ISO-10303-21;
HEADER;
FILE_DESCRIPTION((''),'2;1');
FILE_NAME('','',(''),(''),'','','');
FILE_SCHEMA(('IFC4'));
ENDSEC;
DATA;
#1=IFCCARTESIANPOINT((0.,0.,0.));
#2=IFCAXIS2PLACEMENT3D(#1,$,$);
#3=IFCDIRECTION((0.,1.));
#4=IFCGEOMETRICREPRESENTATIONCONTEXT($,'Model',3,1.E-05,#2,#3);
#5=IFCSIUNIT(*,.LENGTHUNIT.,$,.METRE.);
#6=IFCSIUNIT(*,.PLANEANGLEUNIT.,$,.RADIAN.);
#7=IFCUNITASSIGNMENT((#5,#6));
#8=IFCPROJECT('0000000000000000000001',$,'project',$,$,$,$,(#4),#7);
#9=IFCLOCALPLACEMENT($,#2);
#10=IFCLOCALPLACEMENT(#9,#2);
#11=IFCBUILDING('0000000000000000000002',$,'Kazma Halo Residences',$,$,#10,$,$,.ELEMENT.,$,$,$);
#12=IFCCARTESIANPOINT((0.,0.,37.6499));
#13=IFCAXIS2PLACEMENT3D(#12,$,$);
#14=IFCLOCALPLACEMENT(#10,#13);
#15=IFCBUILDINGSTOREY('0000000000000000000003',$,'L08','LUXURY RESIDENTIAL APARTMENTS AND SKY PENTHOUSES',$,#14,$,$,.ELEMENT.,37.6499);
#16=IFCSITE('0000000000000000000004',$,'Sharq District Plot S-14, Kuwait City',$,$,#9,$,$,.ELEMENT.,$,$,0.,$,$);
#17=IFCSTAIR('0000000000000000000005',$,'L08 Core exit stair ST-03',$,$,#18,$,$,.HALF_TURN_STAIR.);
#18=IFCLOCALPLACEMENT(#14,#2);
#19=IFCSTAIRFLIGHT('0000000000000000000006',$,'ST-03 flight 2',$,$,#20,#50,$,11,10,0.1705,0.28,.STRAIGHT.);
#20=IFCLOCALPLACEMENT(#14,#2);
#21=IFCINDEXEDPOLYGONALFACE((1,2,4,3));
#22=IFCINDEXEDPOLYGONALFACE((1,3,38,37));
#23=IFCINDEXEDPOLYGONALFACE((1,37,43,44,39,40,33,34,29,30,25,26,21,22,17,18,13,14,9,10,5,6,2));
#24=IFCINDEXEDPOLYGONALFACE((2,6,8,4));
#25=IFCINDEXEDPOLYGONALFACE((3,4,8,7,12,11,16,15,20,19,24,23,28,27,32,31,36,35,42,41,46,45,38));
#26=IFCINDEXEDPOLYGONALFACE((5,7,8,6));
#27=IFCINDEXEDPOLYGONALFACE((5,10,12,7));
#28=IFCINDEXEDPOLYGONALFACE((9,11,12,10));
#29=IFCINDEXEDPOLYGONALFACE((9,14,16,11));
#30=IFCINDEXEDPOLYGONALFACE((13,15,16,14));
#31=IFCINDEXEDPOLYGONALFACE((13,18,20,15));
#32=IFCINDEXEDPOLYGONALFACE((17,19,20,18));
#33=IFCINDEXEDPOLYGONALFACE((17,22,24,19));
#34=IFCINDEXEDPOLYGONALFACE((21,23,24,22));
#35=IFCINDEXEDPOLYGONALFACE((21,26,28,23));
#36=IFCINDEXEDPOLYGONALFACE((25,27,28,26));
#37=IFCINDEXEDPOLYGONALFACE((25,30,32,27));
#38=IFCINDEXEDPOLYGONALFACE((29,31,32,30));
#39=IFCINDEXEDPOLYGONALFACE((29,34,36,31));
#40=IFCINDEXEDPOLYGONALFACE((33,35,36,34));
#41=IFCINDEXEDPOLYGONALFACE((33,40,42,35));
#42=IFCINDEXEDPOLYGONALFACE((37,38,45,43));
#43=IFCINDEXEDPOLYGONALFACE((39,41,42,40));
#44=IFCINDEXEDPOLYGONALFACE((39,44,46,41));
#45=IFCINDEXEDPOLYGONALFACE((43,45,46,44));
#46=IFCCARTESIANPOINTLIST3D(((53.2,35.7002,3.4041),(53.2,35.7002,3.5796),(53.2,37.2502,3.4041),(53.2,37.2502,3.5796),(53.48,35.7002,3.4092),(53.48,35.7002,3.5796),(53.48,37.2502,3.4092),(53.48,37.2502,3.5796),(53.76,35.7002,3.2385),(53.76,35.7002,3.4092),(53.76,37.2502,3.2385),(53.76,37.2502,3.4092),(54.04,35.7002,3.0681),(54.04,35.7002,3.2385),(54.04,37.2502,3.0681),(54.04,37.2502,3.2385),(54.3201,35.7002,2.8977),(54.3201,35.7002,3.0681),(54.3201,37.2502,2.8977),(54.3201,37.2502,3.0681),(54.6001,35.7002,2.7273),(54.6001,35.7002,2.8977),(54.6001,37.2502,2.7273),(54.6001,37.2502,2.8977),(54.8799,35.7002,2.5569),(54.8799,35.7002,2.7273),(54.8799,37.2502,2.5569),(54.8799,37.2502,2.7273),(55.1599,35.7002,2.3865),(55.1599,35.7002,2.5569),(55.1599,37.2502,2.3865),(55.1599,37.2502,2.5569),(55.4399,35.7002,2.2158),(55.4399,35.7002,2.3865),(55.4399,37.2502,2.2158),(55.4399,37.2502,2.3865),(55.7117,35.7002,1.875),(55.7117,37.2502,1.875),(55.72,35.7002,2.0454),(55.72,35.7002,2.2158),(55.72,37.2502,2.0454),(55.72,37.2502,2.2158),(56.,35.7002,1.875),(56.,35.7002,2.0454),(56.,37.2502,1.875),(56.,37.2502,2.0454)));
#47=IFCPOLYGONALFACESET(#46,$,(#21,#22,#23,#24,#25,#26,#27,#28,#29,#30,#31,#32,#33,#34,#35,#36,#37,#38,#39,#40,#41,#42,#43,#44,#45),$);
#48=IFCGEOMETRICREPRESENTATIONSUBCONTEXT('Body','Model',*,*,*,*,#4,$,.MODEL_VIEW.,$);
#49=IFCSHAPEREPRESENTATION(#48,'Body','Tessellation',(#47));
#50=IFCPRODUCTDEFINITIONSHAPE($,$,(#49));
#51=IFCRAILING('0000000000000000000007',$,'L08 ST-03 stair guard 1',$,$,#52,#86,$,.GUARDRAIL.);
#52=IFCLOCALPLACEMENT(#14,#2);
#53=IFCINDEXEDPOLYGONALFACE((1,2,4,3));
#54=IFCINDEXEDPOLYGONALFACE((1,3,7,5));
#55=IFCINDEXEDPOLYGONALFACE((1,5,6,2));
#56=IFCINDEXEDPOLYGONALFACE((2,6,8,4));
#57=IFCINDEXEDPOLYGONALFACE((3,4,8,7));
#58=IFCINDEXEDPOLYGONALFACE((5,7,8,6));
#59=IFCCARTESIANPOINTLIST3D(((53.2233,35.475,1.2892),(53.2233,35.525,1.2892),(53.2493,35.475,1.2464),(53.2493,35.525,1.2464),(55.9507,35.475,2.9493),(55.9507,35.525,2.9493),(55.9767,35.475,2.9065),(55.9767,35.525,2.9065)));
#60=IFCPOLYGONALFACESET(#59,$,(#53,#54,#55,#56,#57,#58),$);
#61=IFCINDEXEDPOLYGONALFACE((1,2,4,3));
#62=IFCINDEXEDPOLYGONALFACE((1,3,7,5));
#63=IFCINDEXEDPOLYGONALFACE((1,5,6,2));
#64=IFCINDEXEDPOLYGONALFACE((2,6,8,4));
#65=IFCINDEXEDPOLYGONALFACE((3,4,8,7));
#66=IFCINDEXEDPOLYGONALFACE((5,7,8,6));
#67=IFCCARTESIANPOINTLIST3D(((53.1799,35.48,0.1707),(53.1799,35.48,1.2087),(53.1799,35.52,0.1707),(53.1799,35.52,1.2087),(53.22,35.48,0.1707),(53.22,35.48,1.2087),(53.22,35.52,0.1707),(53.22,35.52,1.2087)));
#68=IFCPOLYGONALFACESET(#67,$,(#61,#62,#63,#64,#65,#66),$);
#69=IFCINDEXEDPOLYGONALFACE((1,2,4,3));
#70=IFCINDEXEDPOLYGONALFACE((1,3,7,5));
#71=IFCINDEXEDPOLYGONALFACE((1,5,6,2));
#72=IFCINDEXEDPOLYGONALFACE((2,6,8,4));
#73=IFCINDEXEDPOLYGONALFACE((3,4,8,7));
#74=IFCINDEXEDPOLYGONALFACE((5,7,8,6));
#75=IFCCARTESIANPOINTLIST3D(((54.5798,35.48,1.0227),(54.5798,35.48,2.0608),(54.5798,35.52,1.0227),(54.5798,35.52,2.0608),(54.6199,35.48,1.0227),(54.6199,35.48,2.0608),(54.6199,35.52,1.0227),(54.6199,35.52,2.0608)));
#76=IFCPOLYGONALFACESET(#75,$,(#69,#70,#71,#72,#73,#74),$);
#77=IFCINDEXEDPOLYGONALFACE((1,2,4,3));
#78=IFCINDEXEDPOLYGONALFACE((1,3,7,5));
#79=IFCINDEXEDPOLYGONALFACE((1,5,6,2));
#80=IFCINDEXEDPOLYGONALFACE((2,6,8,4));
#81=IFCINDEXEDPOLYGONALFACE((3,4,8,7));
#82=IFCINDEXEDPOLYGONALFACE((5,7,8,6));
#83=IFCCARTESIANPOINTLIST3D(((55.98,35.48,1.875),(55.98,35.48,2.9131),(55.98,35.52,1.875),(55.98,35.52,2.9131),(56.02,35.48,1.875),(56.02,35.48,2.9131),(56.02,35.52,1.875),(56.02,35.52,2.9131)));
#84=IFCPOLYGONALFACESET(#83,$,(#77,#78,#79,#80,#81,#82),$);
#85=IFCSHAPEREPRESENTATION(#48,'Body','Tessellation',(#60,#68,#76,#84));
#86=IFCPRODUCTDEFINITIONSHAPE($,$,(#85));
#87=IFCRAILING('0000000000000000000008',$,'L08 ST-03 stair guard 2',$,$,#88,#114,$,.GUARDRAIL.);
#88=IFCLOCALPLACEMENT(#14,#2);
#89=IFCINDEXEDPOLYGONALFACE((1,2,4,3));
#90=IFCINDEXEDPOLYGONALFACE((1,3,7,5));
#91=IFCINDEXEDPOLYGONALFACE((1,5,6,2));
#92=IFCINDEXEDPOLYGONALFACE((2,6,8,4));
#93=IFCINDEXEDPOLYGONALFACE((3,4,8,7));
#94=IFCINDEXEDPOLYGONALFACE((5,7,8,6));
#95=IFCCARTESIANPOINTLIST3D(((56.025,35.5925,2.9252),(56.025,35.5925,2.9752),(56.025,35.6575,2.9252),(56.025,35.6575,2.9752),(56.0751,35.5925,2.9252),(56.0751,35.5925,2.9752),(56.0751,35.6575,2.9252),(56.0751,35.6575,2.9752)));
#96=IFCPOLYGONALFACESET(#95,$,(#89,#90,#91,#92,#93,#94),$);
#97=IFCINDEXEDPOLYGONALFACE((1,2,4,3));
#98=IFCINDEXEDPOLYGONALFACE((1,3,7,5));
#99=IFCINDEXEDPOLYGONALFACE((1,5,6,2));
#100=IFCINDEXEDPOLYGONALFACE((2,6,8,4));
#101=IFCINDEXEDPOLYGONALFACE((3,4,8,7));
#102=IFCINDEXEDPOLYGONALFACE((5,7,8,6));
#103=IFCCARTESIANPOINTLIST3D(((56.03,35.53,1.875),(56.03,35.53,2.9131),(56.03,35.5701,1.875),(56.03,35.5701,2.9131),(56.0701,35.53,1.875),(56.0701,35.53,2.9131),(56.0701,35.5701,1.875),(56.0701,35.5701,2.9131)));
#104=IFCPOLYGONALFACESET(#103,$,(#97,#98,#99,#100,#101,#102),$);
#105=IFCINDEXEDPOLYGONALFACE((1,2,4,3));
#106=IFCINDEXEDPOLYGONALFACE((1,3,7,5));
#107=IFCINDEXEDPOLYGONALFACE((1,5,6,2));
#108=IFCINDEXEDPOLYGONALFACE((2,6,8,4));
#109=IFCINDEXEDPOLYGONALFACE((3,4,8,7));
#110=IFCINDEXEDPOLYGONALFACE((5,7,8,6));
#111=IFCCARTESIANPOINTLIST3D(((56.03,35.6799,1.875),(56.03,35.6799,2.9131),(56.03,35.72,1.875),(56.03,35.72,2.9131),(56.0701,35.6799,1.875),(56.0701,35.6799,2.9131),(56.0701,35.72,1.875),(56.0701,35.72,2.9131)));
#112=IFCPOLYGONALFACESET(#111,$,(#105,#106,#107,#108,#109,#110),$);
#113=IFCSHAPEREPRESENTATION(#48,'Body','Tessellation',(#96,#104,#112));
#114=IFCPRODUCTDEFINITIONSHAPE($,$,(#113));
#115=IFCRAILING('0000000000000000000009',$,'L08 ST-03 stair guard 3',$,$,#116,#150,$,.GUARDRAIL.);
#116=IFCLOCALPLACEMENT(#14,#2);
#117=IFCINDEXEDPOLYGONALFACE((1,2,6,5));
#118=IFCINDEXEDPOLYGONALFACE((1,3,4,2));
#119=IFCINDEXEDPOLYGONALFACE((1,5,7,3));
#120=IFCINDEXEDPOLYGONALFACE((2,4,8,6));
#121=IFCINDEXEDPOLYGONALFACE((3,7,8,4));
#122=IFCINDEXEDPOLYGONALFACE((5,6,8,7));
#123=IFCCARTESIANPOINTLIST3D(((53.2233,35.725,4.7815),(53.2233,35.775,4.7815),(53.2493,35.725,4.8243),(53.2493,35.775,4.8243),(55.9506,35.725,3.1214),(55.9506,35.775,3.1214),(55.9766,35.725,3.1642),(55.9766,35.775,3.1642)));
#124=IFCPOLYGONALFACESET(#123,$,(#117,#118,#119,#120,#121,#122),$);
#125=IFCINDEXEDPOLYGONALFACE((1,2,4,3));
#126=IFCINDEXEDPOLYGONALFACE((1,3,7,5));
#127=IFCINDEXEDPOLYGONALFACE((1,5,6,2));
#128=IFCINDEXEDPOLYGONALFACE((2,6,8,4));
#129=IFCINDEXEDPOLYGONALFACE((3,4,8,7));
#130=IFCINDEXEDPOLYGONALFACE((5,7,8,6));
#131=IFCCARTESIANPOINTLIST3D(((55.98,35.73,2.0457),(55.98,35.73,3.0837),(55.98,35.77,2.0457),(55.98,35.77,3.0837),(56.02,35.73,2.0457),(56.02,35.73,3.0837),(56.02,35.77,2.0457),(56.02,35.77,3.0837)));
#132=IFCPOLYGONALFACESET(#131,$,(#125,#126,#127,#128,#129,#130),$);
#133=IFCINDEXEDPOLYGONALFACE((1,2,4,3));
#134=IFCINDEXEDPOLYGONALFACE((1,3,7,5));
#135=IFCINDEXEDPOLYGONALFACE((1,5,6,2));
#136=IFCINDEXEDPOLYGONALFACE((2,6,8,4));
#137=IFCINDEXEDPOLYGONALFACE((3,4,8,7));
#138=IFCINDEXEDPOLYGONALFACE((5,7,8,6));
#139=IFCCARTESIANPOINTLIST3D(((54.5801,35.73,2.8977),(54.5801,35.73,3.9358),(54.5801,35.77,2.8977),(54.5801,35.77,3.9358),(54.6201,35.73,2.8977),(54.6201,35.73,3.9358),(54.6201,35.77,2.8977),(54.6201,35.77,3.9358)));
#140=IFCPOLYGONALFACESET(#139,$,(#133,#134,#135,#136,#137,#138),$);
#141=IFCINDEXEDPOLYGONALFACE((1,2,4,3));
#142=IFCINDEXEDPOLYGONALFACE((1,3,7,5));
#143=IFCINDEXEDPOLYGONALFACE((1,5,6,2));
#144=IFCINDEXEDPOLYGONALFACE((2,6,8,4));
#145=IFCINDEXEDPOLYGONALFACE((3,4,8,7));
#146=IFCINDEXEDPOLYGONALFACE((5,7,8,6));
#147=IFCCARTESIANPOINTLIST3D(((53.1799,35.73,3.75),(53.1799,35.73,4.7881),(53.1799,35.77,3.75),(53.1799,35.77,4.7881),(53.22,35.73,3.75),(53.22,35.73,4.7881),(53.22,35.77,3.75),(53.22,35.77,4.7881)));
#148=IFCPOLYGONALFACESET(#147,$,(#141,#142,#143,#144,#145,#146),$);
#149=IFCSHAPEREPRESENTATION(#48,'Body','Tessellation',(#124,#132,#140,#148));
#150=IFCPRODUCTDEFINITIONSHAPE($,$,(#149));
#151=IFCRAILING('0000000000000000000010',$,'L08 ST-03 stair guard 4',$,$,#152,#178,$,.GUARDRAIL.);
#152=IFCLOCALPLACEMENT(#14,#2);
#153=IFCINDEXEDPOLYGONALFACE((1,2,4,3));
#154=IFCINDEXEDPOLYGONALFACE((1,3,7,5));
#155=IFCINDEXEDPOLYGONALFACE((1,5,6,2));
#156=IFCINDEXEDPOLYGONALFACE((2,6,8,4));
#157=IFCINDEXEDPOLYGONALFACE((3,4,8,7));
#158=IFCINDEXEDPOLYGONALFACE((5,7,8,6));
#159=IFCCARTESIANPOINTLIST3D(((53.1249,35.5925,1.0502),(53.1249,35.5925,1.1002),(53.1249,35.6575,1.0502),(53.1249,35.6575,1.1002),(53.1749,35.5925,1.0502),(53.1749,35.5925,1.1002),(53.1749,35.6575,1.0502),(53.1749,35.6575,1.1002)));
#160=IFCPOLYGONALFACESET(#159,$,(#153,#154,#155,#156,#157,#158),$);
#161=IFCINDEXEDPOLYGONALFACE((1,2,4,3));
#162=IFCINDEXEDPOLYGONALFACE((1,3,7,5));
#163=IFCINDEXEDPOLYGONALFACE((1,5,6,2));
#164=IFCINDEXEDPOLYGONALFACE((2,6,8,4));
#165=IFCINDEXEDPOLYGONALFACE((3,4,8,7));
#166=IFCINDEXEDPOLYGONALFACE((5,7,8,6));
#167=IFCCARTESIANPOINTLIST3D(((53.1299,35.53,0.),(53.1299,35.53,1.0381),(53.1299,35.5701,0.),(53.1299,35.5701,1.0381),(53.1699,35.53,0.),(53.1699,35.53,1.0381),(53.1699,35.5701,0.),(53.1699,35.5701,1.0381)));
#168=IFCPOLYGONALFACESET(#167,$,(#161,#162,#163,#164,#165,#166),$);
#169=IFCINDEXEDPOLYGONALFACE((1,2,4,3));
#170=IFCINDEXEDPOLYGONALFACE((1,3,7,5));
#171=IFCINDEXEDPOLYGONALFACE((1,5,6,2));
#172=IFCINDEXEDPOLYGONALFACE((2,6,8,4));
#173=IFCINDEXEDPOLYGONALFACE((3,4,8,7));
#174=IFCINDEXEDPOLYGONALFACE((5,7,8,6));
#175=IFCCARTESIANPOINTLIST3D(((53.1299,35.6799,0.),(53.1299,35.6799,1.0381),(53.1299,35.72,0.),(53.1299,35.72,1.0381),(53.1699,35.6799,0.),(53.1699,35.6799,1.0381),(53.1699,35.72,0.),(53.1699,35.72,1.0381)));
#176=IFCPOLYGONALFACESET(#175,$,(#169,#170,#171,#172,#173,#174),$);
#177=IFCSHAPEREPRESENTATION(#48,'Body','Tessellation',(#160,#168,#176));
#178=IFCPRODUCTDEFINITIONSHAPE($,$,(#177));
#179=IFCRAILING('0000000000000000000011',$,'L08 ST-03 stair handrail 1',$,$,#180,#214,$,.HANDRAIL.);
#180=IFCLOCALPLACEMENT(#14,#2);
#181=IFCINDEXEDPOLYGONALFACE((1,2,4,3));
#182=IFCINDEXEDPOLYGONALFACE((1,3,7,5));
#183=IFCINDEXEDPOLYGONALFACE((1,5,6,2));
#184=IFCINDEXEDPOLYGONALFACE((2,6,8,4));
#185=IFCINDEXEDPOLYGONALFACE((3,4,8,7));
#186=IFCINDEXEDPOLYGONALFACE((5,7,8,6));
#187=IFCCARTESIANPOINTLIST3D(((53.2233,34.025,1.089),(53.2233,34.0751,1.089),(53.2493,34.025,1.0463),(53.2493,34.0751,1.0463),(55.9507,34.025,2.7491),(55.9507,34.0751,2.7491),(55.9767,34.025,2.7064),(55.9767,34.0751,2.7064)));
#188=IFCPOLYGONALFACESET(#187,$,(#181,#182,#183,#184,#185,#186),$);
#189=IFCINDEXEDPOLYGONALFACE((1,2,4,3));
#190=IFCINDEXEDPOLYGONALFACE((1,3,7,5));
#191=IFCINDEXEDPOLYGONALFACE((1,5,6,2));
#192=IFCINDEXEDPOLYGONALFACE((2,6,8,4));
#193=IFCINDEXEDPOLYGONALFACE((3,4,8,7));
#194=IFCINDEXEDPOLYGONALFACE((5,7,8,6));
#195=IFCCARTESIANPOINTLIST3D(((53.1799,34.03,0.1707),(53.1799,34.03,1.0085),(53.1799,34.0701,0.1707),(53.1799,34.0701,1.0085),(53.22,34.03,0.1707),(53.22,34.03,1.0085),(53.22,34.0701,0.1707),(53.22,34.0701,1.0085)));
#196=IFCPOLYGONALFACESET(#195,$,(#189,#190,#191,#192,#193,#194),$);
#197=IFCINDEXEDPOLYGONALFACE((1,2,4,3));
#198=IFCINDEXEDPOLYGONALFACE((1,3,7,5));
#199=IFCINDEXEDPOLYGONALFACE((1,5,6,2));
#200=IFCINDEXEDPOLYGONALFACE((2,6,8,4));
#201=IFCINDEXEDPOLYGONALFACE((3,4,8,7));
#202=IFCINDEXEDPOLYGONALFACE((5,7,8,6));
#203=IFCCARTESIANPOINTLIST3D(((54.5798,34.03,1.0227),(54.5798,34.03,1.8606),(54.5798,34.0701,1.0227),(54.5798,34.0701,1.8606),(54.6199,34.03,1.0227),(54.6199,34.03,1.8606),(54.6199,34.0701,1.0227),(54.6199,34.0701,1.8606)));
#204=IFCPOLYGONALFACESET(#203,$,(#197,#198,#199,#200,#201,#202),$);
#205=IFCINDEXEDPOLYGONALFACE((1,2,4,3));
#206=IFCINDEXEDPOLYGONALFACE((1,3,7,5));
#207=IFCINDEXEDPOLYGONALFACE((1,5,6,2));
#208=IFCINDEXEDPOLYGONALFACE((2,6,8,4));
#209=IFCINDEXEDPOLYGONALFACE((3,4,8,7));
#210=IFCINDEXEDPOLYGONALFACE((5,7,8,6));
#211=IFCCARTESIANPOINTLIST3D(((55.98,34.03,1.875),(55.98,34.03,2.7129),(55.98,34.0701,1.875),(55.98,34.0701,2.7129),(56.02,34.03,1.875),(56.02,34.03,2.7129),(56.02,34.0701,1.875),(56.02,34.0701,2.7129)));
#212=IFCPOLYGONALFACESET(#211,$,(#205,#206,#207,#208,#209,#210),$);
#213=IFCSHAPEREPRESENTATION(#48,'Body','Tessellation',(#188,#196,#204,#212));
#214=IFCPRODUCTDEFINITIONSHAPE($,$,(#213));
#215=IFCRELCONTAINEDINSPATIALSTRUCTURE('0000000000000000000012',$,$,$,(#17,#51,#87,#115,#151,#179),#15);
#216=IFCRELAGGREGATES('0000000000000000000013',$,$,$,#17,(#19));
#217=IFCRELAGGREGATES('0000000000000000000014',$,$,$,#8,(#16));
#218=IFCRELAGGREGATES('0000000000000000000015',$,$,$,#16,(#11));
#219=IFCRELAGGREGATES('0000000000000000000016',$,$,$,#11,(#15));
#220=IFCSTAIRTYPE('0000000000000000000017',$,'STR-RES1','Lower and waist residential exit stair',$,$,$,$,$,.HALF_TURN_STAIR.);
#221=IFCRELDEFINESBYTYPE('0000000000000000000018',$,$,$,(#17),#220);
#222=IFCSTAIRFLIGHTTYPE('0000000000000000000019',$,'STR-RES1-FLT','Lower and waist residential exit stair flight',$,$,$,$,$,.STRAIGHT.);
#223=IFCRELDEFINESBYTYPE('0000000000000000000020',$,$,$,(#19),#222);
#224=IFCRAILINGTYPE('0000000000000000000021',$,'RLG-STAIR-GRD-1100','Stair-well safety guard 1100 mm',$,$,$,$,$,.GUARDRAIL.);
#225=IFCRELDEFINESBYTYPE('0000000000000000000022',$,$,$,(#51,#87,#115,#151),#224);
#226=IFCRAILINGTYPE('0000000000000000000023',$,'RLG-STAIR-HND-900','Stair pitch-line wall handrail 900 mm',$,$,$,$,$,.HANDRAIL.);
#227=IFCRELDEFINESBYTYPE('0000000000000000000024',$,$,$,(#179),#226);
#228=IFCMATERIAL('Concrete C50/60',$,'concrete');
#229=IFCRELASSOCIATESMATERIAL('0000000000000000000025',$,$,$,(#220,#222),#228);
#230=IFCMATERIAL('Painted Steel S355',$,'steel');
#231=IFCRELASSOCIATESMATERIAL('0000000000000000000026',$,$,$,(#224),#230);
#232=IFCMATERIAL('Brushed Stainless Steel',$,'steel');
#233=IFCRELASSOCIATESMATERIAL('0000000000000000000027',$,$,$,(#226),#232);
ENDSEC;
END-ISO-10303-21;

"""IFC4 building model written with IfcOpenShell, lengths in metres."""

from ifc_helpers import new_model, si_unit, direction, frame, origin, origin_2d, place, context, subcontext, project, spatial, polyline, rectangle, outline, extrude, material, type_object, element, aggregate, save


model = new_model("IFC4")

# Units and contexts
model_context = context("Model", 3, precision=1e-05, world=origin(), true_north=direction((0.0, 1.0)))
body_context = subcontext(model_context, "Body", "Model", "MODEL_VIEW")
ifc_project = project(units=[si_unit("LENGTHUNIT", "METRE"), si_unit("PLANEANGLEUNIT", "RADIAN")], contexts=[model_context])

# Site, building, storey
site_placement = place(None, origin())
site = spatial("IfcSite", under=ifc_project, at=site_placement, Name="Sharq District Plot S-14, Kuwait City", CompositionType="ELEMENT", RefElevation=0.0)
building_placement = place(site_placement, origin())
building = spatial("IfcBuilding", under=site, at=building_placement, Name="Kazma Halo Residences", CompositionType="ELEMENT")
storey_placement = place(building_placement, frame((0.0, 0.0, 37.6499)))
storey = spatial("IfcBuildingStorey", under=building, at=storey_placement, Name="L08", Description="LUXURY RESIDENTIAL APARTMENTS AND SKY PENTHOUSES", CompositionType="ELEMENT", Elevation=37.6499)

# Shared definitions
ifc_material_1 = material(Name="Concrete C50/60", Category="concrete")

# Stair, stair flight
stair_type = type_object("IfcStairType", Name="STR-RES1", Description="Lower and waist residential exit stair", PredefinedType="HALF_TURN_STAIR", material=ifc_material_1)
stair_placement = place(storey_placement, origin())
stair = element("IfcStair", 1, at=stair_placement, inside=storey, type_object=stair_type, Name="L08 Core exit stair ST-03", PredefinedType="HALF_TURN_STAIR")
stair_flight_type = type_object("IfcStairFlightType", Name="STR-RES1-FLT", Description="Lower and waist residential exit stair flight", PredefinedType="STRAIGHT", material=ifc_material_1)
stair_flight_1_placement = place(storey_placement, frame((56.0, 36.4751, 1.875), z_axis=(0.0, 0.0, 1.0), x_axis=(-1.0, 0.0, 0.0)))
stair_flight_1 = element("IfcStairFlight", 2, at=stair_flight_1_placement, type_object=stair_flight_type, Name="ST-03 flight 2", NumberOfRisers=11, NumberOfTreads=10, PredefinedType="STRAIGHT", RiserHeight=0.1705, TreadLength=0.28, context=body_context, shape_type="SweptSolid", body=[
    extrude(outline(polyline([(0.0, 0.0), (0.0, 0.1704), (0.28, 0.1704), (0.28, 0.3408), (0.5601, 0.3408), (0.5601, 0.5115), (0.8401, 0.5115), (0.8401, 0.6819), (1.1201, 0.6819), (1.1201, 0.8523), (1.3999, 0.8523), (1.3999, 1.0227), (1.6799, 1.0227), (1.6799, 1.1931), (1.96, 1.1931), (1.96, 1.3635), (2.24, 1.3635), (2.24, 1.5342), (2.52, 1.5342), (2.52, 1.7046), (2.8, 1.7046), (2.8, 1.875), (2.8, 1.5291), (0.2883, 0.0), (0.0, 0.0)])), frame((0.0, 0.7749, 0.0), z_axis=(0.0, -1.0, 0.0), x_axis=(1.0, 0.0, 0.0)), (0.0, 0.0, 1.0), 1.55),
])
aggregate(stair, [stair_flight_1])

# Railings
ifc_material_2 = material(Name="Painted Steel S355", Category="steel")
railing_type_1 = type_object("IfcRailingType", Name="RLG-STAIR-GRD-1100", Description="Stair-well safety guard 1100 mm", PredefinedType="GUARDRAIL", material=ifc_material_2)
railing_1_placement = place(storey_placement, frame((53.2, 35.5, 0.1707)))
element("IfcRailing", 3, at=railing_1_placement, inside=storey, type_object=railing_type_1, Name="L08 ST-03 stair guard 1", PredefinedType="GUARDRAIL", context=body_context, shape_type="SweptSolid", body=[
    extrude(rectangle(XDim=0.05, YDim=0.05, at=origin_2d()), frame((0.0364, 0.0, 1.0972), z_axis=(0.854203, 0.0, 0.51994), x_axis=(0.0, 1.0, 0.0)), (0.0, 0.0, 1.0), 3.1929),
    extrude(rectangle(XDim=0.04, YDim=0.04, at=origin_2d()), origin(), (0.0, 0.0, 1.0), 1.0381),
    extrude(rectangle(XDim=0.04, YDim=0.04, at=origin_2d()), frame((1.3999, 0.0, 0.8521)), (0.0, 0.0, 1.0), 1.0381),
    extrude(rectangle(XDim=0.04, YDim=0.04, at=origin_2d()), frame((2.8, 0.0, 1.7043)), (0.0, 0.0, 1.0), 1.0381),
])
railing_2_placement = place(storey_placement, frame((56.05, 35.55, 1.875)))
element("IfcRailing", 4, at=railing_2_placement, inside=storey, type_object=railing_type_1, Name="L08 ST-03 stair guard 2", PredefinedType="GUARDRAIL", context=body_context, shape_type="SweptSolid", body=[
    extrude(rectangle(XDim=0.05, YDim=0.05, at=origin_2d()), frame((0.0, 0.0425, 1.0752), z_axis=(0.0, 1.0, 0.0), x_axis=(-1.0, 0.0, 0.0)), (0.0, 0.0, 1.0), 0.0649),
    extrude(rectangle(XDim=0.04, YDim=0.04, at=origin_2d()), origin(), (0.0, 0.0, 1.0), 1.0381),
    extrude(rectangle(XDim=0.04, YDim=0.04, at=origin_2d()), frame((0.0, 0.1499, 0.0)), (0.0, 0.0, 1.0), 1.0381),
])
railing_3_placement = place(storey_placement, frame((56.0, 35.75, 2.0457)))
element("IfcRailing", 5, at=railing_3_placement, inside=storey, type_object=railing_type_1, Name="L08 ST-03 stair guard 3", PredefinedType="GUARDRAIL", context=body_context, shape_type="SweptSolid", body=[
    extrude(rectangle(XDim=0.05, YDim=0.05, at=origin_2d()), frame((-0.0364, 0.0, 1.0972), z_axis=(-0.854203, 0.0, 0.51994), x_axis=(0.0, -1.0, 0.0)), (0.0, 0.0, 1.0), 3.1929),
    extrude(rectangle(XDim=0.04, YDim=0.04, at=origin_2d()), origin(), (0.0, 0.0, 1.0), 1.0381),
    extrude(rectangle(XDim=0.04, YDim=0.04, at=origin_2d()), frame((-1.3999, 0.0, 0.8521)), (0.0, 0.0, 1.0), 1.0381),
    extrude(rectangle(XDim=0.04, YDim=0.04, at=origin_2d()), frame((-2.8, 0.0, 1.7043)), (0.0, 0.0, 1.0), 1.0381),
])
railing_4_placement = place(storey_placement, frame((53.1499, 35.55, 0.0)))
element("IfcRailing", 6, at=railing_4_placement, inside=storey, type_object=railing_type_1, Name="L08 ST-03 stair guard 4", PredefinedType="GUARDRAIL", context=body_context, shape_type="SweptSolid", body=[
    extrude(rectangle(XDim=0.05, YDim=0.05, at=origin_2d()), frame((0.0, 0.0425, 1.0752), z_axis=(0.0, 1.0, 0.0), x_axis=(-1.0, 0.0, 0.0)), (0.0, 0.0, 1.0), 0.0649),
    extrude(rectangle(XDim=0.04, YDim=0.04, at=origin_2d()), origin(), (0.0, 0.0, 1.0), 1.0381),
    extrude(rectangle(XDim=0.04, YDim=0.04, at=origin_2d()), frame((0.0, 0.1499, 0.0)), (0.0, 0.0, 1.0), 1.0381),
])
ifc_material_3 = material(Name="Brushed Stainless Steel", Category="steel")
railing_type_2 = type_object("IfcRailingType", Name="RLG-STAIR-HND-900", Description="Stair pitch-line wall handrail 900 mm", PredefinedType="HANDRAIL", material=ifc_material_3)
railing_5_placement = place(storey_placement, frame((53.2, 34.05, 0.1707)))
element("IfcRailing", 7, at=railing_5_placement, inside=storey, type_object=railing_type_2, Name="L08 ST-03 stair handrail 1", PredefinedType="HANDRAIL", context=body_context, shape_type="SweptSolid", body=[
    extrude(rectangle(XDim=0.05, YDim=0.05, at=origin_2d()), frame((0.0364, 0.0, 0.897), z_axis=(0.854203, 0.0, 0.51994), x_axis=(0.0, 1.0, 0.0)), (0.0, 0.0, 1.0), 3.1929),
    extrude(rectangle(XDim=0.04, YDim=0.04, at=origin_2d()), origin(), (0.0, 0.0, 1.0), 0.8379),
    extrude(rectangle(XDim=0.04, YDim=0.04, at=origin_2d()), frame((1.3999, 0.0, 0.8521)), (0.0, 0.0, 1.0), 0.8379),
    extrude(rectangle(XDim=0.04, YDim=0.04, at=origin_2d()), frame((2.8, 0.0, 1.7043)), (0.0, 0.0, 1.0), 0.8379),
])

save(model, "model.ifc")
